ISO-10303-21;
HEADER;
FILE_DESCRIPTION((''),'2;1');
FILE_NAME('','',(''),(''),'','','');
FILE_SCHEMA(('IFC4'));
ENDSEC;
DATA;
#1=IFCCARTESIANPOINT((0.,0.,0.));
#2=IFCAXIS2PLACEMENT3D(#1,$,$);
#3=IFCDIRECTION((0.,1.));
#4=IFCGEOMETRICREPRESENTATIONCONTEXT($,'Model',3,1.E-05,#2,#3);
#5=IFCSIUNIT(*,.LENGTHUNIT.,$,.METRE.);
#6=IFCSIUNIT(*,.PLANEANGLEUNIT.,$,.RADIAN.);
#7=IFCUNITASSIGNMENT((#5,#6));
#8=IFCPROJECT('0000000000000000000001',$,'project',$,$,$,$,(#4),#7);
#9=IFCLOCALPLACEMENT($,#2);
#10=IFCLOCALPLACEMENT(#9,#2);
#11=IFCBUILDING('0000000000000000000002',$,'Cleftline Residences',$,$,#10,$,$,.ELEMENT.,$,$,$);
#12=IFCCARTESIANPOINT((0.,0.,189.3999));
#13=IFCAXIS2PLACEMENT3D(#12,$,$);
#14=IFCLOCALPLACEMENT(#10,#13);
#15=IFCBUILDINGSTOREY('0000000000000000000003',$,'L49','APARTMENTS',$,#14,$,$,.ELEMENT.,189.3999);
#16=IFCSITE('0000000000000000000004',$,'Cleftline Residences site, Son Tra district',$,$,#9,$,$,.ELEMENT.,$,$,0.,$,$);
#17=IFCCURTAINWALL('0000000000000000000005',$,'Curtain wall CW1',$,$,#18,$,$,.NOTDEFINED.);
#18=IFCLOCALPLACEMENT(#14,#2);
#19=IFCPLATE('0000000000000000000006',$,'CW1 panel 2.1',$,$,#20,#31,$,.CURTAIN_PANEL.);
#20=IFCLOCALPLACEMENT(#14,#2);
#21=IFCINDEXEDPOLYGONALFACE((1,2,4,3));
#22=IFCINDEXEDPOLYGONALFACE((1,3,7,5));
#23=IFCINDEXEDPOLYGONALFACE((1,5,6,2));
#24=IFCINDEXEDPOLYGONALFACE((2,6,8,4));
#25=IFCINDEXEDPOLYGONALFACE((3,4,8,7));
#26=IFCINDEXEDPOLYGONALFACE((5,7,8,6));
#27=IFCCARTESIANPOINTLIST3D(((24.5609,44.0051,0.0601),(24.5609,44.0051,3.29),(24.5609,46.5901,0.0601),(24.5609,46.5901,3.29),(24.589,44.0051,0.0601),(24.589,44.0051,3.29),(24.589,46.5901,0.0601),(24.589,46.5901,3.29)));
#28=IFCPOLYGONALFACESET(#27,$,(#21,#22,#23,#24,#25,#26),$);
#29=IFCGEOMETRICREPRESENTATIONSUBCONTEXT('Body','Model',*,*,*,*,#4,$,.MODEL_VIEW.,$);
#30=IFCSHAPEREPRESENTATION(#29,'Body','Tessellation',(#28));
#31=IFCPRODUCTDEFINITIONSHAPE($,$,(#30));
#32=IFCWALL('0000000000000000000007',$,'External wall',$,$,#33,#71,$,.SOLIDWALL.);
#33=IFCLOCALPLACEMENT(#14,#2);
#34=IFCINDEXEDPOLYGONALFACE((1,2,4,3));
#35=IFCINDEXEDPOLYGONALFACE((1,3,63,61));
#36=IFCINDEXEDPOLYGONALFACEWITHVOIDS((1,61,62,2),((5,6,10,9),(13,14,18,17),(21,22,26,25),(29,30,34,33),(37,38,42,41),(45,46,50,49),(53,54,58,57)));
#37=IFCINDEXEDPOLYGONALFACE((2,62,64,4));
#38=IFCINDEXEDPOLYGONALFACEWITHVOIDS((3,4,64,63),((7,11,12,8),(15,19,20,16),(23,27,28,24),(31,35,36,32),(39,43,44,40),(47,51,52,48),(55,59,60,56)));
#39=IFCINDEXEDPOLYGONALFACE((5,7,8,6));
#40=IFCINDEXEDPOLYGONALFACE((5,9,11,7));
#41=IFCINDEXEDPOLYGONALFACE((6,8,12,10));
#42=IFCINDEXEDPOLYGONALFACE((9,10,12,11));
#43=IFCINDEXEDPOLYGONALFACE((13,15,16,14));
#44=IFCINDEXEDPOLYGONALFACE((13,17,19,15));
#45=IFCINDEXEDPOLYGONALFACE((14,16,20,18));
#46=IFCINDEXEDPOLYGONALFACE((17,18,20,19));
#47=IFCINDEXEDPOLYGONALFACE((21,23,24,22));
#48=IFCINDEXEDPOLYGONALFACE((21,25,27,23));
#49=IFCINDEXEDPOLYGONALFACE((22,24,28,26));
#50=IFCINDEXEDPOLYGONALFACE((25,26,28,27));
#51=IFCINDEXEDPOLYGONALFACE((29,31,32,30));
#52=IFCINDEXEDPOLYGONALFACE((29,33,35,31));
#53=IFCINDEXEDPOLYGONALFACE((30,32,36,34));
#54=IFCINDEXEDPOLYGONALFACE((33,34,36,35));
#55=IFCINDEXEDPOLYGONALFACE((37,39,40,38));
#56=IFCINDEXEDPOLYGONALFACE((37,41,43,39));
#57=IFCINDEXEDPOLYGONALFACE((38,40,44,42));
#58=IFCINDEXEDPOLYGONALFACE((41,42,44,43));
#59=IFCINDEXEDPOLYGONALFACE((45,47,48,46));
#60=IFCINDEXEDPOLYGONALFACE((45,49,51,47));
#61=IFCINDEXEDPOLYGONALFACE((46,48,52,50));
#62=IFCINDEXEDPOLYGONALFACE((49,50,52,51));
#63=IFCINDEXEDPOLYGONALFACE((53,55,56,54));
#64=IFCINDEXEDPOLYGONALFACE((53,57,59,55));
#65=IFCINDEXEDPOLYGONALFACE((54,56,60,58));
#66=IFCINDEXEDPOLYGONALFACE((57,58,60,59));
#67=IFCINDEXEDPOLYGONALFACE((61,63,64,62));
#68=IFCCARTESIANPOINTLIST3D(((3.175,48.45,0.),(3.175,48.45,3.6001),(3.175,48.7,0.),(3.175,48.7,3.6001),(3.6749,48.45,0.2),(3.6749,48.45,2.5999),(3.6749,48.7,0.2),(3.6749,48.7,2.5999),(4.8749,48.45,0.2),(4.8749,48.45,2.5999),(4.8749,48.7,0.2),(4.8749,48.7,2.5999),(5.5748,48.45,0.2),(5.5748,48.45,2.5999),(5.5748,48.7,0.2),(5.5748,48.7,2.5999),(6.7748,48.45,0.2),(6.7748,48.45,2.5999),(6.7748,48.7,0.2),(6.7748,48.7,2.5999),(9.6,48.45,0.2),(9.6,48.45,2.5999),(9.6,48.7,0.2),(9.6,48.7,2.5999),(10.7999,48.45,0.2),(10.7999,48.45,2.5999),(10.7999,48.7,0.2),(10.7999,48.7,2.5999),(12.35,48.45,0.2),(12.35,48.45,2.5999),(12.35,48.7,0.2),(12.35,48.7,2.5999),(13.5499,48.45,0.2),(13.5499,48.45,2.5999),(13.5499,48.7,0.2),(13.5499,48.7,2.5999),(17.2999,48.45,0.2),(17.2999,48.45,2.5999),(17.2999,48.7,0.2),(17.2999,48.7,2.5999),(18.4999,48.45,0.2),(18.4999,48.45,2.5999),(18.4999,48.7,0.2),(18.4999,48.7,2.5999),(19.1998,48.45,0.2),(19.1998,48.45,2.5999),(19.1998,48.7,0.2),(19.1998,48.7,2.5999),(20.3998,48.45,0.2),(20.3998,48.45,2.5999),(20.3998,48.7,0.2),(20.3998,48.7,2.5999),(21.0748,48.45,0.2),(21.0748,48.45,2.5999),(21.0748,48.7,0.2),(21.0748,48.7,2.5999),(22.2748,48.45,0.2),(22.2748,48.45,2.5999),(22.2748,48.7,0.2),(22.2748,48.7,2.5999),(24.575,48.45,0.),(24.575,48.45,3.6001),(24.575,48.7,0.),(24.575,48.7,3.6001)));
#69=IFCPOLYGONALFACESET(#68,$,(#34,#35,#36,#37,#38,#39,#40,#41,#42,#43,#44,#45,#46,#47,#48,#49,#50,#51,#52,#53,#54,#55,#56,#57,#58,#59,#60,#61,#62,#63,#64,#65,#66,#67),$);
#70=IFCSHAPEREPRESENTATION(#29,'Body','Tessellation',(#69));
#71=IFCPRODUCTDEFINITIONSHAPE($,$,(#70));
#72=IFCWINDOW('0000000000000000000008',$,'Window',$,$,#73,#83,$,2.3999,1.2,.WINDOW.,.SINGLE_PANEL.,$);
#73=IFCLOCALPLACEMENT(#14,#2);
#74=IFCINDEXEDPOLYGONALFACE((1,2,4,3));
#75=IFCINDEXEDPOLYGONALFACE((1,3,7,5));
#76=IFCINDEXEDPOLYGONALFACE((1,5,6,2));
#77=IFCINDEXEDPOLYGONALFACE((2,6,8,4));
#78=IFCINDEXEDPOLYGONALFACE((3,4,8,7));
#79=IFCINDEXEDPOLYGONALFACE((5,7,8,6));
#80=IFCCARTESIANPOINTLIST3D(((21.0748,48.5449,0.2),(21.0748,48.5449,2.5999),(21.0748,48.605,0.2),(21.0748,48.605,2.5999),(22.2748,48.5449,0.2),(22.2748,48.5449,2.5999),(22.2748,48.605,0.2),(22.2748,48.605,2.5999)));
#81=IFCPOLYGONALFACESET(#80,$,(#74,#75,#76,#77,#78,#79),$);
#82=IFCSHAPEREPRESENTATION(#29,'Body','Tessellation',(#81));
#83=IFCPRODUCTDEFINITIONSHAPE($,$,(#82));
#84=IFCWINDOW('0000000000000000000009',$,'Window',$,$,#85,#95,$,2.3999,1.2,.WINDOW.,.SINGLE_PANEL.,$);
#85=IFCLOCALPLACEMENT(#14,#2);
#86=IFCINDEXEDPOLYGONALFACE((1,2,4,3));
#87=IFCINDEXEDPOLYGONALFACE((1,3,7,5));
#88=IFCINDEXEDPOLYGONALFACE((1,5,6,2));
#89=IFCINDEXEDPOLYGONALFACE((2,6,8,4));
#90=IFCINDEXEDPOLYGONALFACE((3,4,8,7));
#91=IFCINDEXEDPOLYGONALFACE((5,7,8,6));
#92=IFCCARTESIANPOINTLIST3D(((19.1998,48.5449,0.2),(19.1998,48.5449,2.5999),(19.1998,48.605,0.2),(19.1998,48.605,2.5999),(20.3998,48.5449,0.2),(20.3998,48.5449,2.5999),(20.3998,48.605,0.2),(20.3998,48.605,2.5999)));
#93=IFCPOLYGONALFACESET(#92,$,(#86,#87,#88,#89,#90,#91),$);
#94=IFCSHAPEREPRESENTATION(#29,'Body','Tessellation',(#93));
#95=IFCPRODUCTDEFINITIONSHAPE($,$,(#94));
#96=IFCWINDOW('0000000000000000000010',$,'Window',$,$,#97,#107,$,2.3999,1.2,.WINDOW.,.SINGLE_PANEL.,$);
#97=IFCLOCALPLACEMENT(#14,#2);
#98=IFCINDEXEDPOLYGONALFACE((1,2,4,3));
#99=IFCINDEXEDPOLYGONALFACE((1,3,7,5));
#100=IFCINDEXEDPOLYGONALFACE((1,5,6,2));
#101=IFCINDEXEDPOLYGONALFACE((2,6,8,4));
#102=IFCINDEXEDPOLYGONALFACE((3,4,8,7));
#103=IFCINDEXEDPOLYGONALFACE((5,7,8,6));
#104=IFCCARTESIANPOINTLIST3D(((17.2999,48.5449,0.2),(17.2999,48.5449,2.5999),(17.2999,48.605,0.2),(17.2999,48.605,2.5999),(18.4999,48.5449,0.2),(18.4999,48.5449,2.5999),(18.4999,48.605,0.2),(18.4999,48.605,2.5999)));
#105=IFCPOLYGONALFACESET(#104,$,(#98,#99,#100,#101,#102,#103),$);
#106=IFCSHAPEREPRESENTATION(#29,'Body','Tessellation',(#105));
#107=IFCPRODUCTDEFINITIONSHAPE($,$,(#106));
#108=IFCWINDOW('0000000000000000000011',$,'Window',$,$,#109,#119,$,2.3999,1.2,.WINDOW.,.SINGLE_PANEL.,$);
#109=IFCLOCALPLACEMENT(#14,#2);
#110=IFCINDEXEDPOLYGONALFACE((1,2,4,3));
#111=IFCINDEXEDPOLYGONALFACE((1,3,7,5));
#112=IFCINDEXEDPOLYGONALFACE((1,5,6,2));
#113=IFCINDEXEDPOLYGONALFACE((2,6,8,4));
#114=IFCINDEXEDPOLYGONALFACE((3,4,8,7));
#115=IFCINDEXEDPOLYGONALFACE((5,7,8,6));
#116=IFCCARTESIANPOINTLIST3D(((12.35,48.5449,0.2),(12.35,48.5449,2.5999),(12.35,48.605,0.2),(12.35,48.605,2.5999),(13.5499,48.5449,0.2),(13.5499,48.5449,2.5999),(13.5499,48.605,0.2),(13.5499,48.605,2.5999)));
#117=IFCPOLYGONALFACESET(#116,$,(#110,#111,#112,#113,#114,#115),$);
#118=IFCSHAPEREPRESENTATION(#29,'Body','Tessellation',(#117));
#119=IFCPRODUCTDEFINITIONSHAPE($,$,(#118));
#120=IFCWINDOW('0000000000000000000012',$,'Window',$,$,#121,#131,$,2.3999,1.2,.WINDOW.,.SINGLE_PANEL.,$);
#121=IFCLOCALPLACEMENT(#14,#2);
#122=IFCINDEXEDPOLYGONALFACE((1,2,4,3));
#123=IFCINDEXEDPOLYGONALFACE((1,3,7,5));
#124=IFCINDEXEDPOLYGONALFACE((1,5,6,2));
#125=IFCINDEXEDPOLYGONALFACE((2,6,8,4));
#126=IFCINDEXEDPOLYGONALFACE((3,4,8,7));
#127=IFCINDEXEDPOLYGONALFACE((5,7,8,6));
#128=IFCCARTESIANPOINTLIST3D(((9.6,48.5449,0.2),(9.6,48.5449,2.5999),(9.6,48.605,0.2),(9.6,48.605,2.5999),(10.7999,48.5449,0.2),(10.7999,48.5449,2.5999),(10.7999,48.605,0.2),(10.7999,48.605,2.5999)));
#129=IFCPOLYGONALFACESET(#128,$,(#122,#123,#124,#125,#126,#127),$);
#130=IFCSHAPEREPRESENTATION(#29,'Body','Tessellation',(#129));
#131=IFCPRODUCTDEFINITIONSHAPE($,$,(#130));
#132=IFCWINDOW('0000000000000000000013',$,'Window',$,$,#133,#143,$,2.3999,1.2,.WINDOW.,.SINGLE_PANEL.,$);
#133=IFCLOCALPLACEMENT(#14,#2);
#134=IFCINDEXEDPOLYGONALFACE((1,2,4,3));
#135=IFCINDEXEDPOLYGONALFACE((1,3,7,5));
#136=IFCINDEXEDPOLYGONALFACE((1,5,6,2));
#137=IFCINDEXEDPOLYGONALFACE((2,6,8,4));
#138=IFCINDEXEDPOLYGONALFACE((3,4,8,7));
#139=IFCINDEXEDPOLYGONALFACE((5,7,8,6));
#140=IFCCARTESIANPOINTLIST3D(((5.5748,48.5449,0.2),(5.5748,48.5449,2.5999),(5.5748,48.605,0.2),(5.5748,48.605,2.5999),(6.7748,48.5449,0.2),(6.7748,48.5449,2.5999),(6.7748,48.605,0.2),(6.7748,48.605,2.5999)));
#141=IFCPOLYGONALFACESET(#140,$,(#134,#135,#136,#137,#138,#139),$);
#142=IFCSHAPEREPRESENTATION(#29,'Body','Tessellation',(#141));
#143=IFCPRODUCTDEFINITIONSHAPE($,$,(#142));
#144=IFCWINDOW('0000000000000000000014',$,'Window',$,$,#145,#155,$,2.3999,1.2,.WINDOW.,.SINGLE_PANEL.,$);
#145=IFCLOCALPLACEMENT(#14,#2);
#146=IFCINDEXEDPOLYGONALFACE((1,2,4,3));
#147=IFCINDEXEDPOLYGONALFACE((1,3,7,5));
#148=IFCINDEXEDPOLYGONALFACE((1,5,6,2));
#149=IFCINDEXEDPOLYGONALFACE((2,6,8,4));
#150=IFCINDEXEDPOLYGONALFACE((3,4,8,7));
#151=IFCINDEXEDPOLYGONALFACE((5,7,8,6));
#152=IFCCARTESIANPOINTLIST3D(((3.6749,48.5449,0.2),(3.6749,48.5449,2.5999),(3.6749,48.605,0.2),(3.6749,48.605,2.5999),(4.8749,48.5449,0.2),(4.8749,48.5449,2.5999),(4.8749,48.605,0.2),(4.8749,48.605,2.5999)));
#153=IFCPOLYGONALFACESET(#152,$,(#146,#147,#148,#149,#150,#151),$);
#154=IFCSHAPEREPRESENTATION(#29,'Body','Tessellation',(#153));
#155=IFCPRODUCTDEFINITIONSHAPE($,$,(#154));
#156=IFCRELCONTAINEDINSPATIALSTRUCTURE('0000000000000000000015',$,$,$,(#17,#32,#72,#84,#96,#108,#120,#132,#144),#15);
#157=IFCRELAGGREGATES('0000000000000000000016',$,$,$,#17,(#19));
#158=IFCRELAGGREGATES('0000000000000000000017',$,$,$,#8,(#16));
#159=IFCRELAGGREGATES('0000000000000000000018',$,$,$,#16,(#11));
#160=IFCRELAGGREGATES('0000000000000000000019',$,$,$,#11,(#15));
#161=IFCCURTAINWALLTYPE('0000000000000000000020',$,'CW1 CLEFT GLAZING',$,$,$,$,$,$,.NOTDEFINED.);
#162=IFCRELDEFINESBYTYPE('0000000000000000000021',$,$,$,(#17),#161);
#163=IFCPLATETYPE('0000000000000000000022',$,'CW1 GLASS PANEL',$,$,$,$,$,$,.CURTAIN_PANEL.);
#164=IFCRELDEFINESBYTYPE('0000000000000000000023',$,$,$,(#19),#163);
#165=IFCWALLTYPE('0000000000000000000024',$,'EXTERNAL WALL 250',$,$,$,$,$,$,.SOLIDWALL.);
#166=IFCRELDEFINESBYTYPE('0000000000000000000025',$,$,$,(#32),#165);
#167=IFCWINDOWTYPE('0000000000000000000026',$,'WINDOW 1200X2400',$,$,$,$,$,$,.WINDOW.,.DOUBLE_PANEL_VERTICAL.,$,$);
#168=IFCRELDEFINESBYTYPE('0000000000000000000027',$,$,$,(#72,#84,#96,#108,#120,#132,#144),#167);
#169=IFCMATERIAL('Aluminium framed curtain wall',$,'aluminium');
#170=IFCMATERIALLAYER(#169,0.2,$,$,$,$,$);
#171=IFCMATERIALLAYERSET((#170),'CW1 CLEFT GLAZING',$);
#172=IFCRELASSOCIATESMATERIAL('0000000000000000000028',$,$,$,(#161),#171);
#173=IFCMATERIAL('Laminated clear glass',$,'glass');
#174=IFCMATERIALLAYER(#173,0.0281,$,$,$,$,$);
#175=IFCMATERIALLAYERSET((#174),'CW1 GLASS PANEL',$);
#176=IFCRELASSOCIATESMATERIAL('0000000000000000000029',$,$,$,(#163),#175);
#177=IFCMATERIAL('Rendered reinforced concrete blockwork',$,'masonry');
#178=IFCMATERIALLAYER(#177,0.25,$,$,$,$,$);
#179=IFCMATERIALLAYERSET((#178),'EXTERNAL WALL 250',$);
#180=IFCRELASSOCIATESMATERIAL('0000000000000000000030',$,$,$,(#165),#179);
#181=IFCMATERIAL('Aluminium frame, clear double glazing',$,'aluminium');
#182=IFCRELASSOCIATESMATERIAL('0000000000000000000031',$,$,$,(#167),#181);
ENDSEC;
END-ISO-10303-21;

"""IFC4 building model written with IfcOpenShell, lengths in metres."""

from ifc_helpers import new_model, si_unit, direction, frame, frame_2d, origin, origin_2d, place, context, subcontext, project, spatial, rectangle, extrude, material, layer, layer_set, type_object, element, fill, aggregate, save


model = new_model("IFC4")

# Units and contexts
model_context = context("Model", 3, precision=1e-05, world=origin(), true_north=direction((0.0, 1.0)))
body_context = subcontext(model_context, "Body", "Model", "MODEL_VIEW")
ifc_project = project(units=[si_unit("LENGTHUNIT", "METRE"), si_unit("PLANEANGLEUNIT", "RADIAN")], contexts=[model_context])

# Site, building, storey
site_placement = place(None, origin())
site = spatial("IfcSite", under=ifc_project, at=site_placement, Name="Cleftline Residences site, Son Tra district", CompositionType="ELEMENT", RefElevation=0.0)
building_placement = place(site_placement, origin())
building = spatial("IfcBuilding", under=site, at=building_placement, Name="Cleftline Residences", CompositionType="ELEMENT")
storey_placement = place(building_placement, frame((0.0, 0.0, 189.3999)))
storey = spatial("IfcBuildingStorey", under=building, at=storey_placement, Name="L49", Description="APARTMENTS", CompositionType="ELEMENT", Elevation=189.3999)

# Shared definitions
ifc_material_1 = material(Name="Aluminium framed curtain wall", Category="aluminium")
ifc_layer_1 = layer(ifc_material_1, 0.2)
ifc_layer_set_1 = layer_set([ifc_layer_1], Name="CW1 CLEFT GLAZING")
curtain_wall_type = type_object("IfcCurtainWallType", Name="CW1 CLEFT GLAZING", PredefinedType="NOTDEFINED", material=ifc_layer_set_1)

# Curtain wall, plate
curtain_wall_1_placement = place(storey_placement, origin())
curtain_wall_1 = element("IfcCurtainWall", 1, at=curtain_wall_1_placement, inside=storey, type_object=curtain_wall_type, Name="Curtain wall CW1", PredefinedType="NOTDEFINED")
ifc_material_2 = material(Name="Laminated clear glass", Category="glass")
ifc_layer_2 = layer(ifc_material_2, 0.0281)
ifc_layer_set_2 = layer_set([ifc_layer_2], Name="CW1 GLASS PANEL")
plate_type = type_object("IfcPlateType", Name="CW1 GLASS PANEL", PredefinedType="CURTAIN_PANEL", material=ifc_layer_set_2)
plate_1_placement = place(storey_placement, frame((24.575, 45.2976, 0.0601), z_axis=(0.0, 0.0, 1.0), x_axis=(0.0, 1.0, 0.0)))
plate_1 = element("IfcPlate", 2, at=plate_1_placement, type_object=plate_type, Name="CW1 panel 2.1", PredefinedType="CURTAIN_PANEL", context=body_context, shape_type="SweptSolid", body=[
    extrude(rectangle(XDim=2.585, YDim=0.0281, at=origin_2d()), origin(), (0.0, 0.0, 1.0), 3.23),
])
aggregate(curtain_wall_1, [plate_1])

# Wall, openings, windows
ifc_material_3 = material(Name="Rendered reinforced concrete blockwork", Category="masonry")
ifc_layer_3 = layer(ifc_material_3, 0.25)
ifc_layer_set_3 = layer_set([ifc_layer_3], Name="EXTERNAL WALL 250")
wall_type = type_object("IfcWallType", Name="EXTERNAL WALL 250", PredefinedType="SOLIDWALL", material=ifc_layer_set_3)
wall_placement = place(storey_placement, frame((24.575, 48.575, 0.0), z_axis=(0.0, 0.0, 1.0), x_axis=(-1.0, 0.0, 0.0)))
wall = element("IfcWall", 3, at=wall_placement, inside=storey, type_object=wall_type, Name="External wall", PredefinedType="SOLIDWALL", context=body_context, shape_type="SweptSolid", body=[
    extrude(rectangle(XDim=21.3999, YDim=0.25, at=frame_2d((10.7, 0.0))), origin(), (0.0, 0.0, 1.0), 3.6001),
])
opening_1_placement = place(wall_placement, frame((2.3, 0.0, 0.2)))
opening_1 = element("IfcOpeningElement", 4, at=opening_1_placement, cuts=wall, PredefinedType="OPENING", context=body_context, shape_type="SweptSolid", body=[
    extrude(rectangle(XDim=1.2, YDim=2.3999, at=frame_2d((0.6001, 1.2))), frame((0.0, 0.135, 0.0), z_axis=(0.0, -1.0, 0.0), x_axis=(1.0, 0.0, 0.0)), (0.0, 0.0, 1.0), 0.27),
])
opening_2_placement = place(wall_placement, frame((4.175, 0.0, 0.2)))
opening_2 = element("IfcOpeningElement", 5, at=opening_2_placement, cuts=wall, PredefinedType="OPENING", context=body_context, shape_type="SweptSolid", body=[
    extrude(rectangle(XDim=1.2, YDim=2.3999, at=frame_2d((0.6001, 1.2))), frame((0.0, 0.135, 0.0), z_axis=(0.0, -1.0, 0.0), x_axis=(1.0, 0.0, 0.0)), (0.0, 0.0, 1.0), 0.27),
])
opening_3_placement = place(wall_placement, frame((6.075, 0.0, 0.2)))
opening_3 = element("IfcOpeningElement", 6, at=opening_3_placement, cuts=wall, PredefinedType="OPENING", context=body_context, shape_type="SweptSolid", body=[
    extrude(rectangle(XDim=1.2, YDim=2.3999, at=frame_2d((0.6001, 1.2))), frame((0.0, 0.135, 0.0), z_axis=(0.0, -1.0, 0.0), x_axis=(1.0, 0.0, 0.0)), (0.0, 0.0, 1.0), 0.27),
])
opening_4_placement = place(wall_placement, frame((11.0249, 0.0, 0.2)))
opening_4 = element("IfcOpeningElement", 7, at=opening_4_placement, cuts=wall, PredefinedType="OPENING", context=body_context, shape_type="SweptSolid", body=[
    extrude(rectangle(XDim=1.2, YDim=2.3999, at=frame_2d((0.6001, 1.2))), frame((0.0, 0.135, 0.0), z_axis=(0.0, -1.0, 0.0), x_axis=(1.0, 0.0, 0.0)), (0.0, 0.0, 1.0), 0.27),
])
opening_5_placement = place(wall_placement, frame((13.7749, 0.0, 0.2)))
opening_5 = element("IfcOpeningElement", 8, at=opening_5_placement, cuts=wall, PredefinedType="OPENING", context=body_context, shape_type="SweptSolid", body=[
    extrude(rectangle(XDim=1.2, YDim=2.3999, at=frame_2d((0.6001, 1.2))), frame((0.0, 0.135, 0.0), z_axis=(0.0, -1.0, 0.0), x_axis=(1.0, 0.0, 0.0)), (0.0, 0.0, 1.0), 0.27),
])
opening_6_placement = place(wall_placement, frame((17.8, 0.0, 0.2)))
opening_6 = element("IfcOpeningElement", 9, at=opening_6_placement, cuts=wall, PredefinedType="OPENING", context=body_context, shape_type="SweptSolid", body=[
    extrude(rectangle(XDim=1.2, YDim=2.3999, at=frame_2d((0.6001, 1.2))), frame((0.0, 0.135, 0.0), z_axis=(0.0, -1.0, 0.0), x_axis=(1.0, 0.0, 0.0)), (0.0, 0.0, 1.0), 0.27),
])
opening_7_placement = place(wall_placement, frame((19.7, 0.0, 0.2)))
opening_7 = element("IfcOpeningElement", 10, at=opening_7_placement, cuts=wall, PredefinedType="OPENING", context=body_context, shape_type="SweptSolid", body=[
    extrude(rectangle(XDim=1.2, YDim=2.3999, at=frame_2d((0.6001, 1.2))), frame((0.0, 0.135, 0.0), z_axis=(0.0, -1.0, 0.0), x_axis=(1.0, 0.0, 0.0)), (0.0, 0.0, 1.0), 0.27),
])
ifc_material_4 = material(Name="Aluminium frame, clear double glazing", Category="aluminium")
window_type = type_object("IfcWindowType", Name="WINDOW 1200X2400", PartitioningType="DOUBLE_PANEL_VERTICAL", PredefinedType="WINDOW", material=ifc_material_4)
window_1_placement = place(opening_1_placement, origin())
window_1 = element("IfcWindow", 11, at=window_1_placement, inside=storey, type_object=window_type, Name="Window", OverallHeight=2.3999, OverallWidth=1.2, PartitioningType="SINGLE_PANEL", PredefinedType="WINDOW", context=body_context, shape_type="SweptSolid", body=[
    extrude(rectangle(XDim=1.2, YDim=2.3999, at=frame_2d((0.6001, 1.2))), frame((0.0, 0.03, 0.0), z_axis=(0.0, -1.0, 0.0), x_axis=(1.0, 0.0, 0.0)), (0.0, 0.0, 1.0), 0.0601),
])
fill(opening_1, window_1)
window_2_placement = place(opening_2_placement, origin())
window_2 = element("IfcWindow", 12, at=window_2_placement, inside=storey, type_object=window_type, Name="Window", OverallHeight=2.3999, OverallWidth=1.2, PartitioningType="SINGLE_PANEL", PredefinedType="WINDOW", context=body_context, shape_type="SweptSolid", body=[
    extrude(rectangle(XDim=1.2, YDim=2.3999, at=frame_2d((0.6001, 1.2))), frame((0.0, 0.03, 0.0), z_axis=(0.0, -1.0, 0.0), x_axis=(1.0, 0.0, 0.0)), (0.0, 0.0, 1.0), 0.0601),
])
fill(opening_2, window_2)
window_3_placement = place(opening_3_placement, origin())
window_3 = element("IfcWindow", 13, at=window_3_placement, inside=storey, type_object=window_type, Name="Window", OverallHeight=2.3999, OverallWidth=1.2, PartitioningType="SINGLE_PANEL", PredefinedType="WINDOW", context=body_context, shape_type="SweptSolid", body=[
    extrude(rectangle(XDim=1.2, YDim=2.3999, at=frame_2d((0.6001, 1.2))), frame((0.0, 0.03, 0.0), z_axis=(0.0, -1.0, 0.0), x_axis=(1.0, 0.0, 0.0)), (0.0, 0.0, 1.0), 0.0601),
])
fill(opening_3, window_3)
window_4_placement = place(opening_4_placement, origin())
window_4 = element("IfcWindow", 14, at=window_4_placement, inside=storey, type_object=window_type, Name="Window", OverallHeight=2.3999, OverallWidth=1.2, PartitioningType="SINGLE_PANEL", PredefinedType="WINDOW", context=body_context, shape_type="SweptSolid", body=[
    extrude(rectangle(XDim=1.2, YDim=2.3999, at=frame_2d((0.6001, 1.2))), frame((0.0, 0.03, 0.0), z_axis=(0.0, -1.0, 0.0), x_axis=(1.0, 0.0, 0.0)), (0.0, 0.0, 1.0), 0.0601),
])
fill(opening_4, window_4)
window_5_placement = place(opening_5_placement, origin())
window_5 = element("IfcWindow", 15, at=window_5_placement, inside=storey, type_object=window_type, Name="Window", OverallHeight=2.3999, OverallWidth=1.2, PartitioningType="SINGLE_PANEL", PredefinedType="WINDOW", context=body_context, shape_type="SweptSolid", body=[
    extrude(rectangle(XDim=1.2, YDim=2.3999, at=frame_2d((0.6001, 1.2))), frame((0.0, 0.03, 0.0), z_axis=(0.0, -1.0, 0.0), x_axis=(1.0, 0.0, 0.0)), (0.0, 0.0, 1.0), 0.0601),
])
fill(opening_5, window_5)
window_6_placement = place(opening_6_placement, origin())
window_6 = element("IfcWindow", 16, at=window_6_placement, inside=storey, type_object=window_type, Name="Window", OverallHeight=2.3999, OverallWidth=1.2, PartitioningType="SINGLE_PANEL", PredefinedType="WINDOW", context=body_context, shape_type="SweptSolid", body=[
    extrude(rectangle(XDim=1.2, YDim=2.3999, at=frame_2d((0.6001, 1.2))), frame((0.0, 0.03, 0.0), z_axis=(0.0, -1.0, 0.0), x_axis=(1.0, 0.0, 0.0)), (0.0, 0.0, 1.0), 0.0601),
])
fill(opening_6, window_6)
window_7_placement = place(opening_7_placement, origin())
window_7 = element("IfcWindow", 17, at=window_7_placement, inside=storey, type_object=window_type, Name="Window", OverallHeight=2.3999, OverallWidth=1.2, PartitioningType="SINGLE_PANEL", PredefinedType="WINDOW", context=body_context, shape_type="SweptSolid", body=[
    extrude(rectangle(XDim=1.2, YDim=2.3999, at=frame_2d((0.6001, 1.2))), frame((0.0, 0.03, 0.0), z_axis=(0.0, -1.0, 0.0), x_axis=(1.0, 0.0, 0.0)), (0.0, 0.0, 1.0), 0.0601),
])
fill(opening_7, window_7)

save(model, "model.ifc")
